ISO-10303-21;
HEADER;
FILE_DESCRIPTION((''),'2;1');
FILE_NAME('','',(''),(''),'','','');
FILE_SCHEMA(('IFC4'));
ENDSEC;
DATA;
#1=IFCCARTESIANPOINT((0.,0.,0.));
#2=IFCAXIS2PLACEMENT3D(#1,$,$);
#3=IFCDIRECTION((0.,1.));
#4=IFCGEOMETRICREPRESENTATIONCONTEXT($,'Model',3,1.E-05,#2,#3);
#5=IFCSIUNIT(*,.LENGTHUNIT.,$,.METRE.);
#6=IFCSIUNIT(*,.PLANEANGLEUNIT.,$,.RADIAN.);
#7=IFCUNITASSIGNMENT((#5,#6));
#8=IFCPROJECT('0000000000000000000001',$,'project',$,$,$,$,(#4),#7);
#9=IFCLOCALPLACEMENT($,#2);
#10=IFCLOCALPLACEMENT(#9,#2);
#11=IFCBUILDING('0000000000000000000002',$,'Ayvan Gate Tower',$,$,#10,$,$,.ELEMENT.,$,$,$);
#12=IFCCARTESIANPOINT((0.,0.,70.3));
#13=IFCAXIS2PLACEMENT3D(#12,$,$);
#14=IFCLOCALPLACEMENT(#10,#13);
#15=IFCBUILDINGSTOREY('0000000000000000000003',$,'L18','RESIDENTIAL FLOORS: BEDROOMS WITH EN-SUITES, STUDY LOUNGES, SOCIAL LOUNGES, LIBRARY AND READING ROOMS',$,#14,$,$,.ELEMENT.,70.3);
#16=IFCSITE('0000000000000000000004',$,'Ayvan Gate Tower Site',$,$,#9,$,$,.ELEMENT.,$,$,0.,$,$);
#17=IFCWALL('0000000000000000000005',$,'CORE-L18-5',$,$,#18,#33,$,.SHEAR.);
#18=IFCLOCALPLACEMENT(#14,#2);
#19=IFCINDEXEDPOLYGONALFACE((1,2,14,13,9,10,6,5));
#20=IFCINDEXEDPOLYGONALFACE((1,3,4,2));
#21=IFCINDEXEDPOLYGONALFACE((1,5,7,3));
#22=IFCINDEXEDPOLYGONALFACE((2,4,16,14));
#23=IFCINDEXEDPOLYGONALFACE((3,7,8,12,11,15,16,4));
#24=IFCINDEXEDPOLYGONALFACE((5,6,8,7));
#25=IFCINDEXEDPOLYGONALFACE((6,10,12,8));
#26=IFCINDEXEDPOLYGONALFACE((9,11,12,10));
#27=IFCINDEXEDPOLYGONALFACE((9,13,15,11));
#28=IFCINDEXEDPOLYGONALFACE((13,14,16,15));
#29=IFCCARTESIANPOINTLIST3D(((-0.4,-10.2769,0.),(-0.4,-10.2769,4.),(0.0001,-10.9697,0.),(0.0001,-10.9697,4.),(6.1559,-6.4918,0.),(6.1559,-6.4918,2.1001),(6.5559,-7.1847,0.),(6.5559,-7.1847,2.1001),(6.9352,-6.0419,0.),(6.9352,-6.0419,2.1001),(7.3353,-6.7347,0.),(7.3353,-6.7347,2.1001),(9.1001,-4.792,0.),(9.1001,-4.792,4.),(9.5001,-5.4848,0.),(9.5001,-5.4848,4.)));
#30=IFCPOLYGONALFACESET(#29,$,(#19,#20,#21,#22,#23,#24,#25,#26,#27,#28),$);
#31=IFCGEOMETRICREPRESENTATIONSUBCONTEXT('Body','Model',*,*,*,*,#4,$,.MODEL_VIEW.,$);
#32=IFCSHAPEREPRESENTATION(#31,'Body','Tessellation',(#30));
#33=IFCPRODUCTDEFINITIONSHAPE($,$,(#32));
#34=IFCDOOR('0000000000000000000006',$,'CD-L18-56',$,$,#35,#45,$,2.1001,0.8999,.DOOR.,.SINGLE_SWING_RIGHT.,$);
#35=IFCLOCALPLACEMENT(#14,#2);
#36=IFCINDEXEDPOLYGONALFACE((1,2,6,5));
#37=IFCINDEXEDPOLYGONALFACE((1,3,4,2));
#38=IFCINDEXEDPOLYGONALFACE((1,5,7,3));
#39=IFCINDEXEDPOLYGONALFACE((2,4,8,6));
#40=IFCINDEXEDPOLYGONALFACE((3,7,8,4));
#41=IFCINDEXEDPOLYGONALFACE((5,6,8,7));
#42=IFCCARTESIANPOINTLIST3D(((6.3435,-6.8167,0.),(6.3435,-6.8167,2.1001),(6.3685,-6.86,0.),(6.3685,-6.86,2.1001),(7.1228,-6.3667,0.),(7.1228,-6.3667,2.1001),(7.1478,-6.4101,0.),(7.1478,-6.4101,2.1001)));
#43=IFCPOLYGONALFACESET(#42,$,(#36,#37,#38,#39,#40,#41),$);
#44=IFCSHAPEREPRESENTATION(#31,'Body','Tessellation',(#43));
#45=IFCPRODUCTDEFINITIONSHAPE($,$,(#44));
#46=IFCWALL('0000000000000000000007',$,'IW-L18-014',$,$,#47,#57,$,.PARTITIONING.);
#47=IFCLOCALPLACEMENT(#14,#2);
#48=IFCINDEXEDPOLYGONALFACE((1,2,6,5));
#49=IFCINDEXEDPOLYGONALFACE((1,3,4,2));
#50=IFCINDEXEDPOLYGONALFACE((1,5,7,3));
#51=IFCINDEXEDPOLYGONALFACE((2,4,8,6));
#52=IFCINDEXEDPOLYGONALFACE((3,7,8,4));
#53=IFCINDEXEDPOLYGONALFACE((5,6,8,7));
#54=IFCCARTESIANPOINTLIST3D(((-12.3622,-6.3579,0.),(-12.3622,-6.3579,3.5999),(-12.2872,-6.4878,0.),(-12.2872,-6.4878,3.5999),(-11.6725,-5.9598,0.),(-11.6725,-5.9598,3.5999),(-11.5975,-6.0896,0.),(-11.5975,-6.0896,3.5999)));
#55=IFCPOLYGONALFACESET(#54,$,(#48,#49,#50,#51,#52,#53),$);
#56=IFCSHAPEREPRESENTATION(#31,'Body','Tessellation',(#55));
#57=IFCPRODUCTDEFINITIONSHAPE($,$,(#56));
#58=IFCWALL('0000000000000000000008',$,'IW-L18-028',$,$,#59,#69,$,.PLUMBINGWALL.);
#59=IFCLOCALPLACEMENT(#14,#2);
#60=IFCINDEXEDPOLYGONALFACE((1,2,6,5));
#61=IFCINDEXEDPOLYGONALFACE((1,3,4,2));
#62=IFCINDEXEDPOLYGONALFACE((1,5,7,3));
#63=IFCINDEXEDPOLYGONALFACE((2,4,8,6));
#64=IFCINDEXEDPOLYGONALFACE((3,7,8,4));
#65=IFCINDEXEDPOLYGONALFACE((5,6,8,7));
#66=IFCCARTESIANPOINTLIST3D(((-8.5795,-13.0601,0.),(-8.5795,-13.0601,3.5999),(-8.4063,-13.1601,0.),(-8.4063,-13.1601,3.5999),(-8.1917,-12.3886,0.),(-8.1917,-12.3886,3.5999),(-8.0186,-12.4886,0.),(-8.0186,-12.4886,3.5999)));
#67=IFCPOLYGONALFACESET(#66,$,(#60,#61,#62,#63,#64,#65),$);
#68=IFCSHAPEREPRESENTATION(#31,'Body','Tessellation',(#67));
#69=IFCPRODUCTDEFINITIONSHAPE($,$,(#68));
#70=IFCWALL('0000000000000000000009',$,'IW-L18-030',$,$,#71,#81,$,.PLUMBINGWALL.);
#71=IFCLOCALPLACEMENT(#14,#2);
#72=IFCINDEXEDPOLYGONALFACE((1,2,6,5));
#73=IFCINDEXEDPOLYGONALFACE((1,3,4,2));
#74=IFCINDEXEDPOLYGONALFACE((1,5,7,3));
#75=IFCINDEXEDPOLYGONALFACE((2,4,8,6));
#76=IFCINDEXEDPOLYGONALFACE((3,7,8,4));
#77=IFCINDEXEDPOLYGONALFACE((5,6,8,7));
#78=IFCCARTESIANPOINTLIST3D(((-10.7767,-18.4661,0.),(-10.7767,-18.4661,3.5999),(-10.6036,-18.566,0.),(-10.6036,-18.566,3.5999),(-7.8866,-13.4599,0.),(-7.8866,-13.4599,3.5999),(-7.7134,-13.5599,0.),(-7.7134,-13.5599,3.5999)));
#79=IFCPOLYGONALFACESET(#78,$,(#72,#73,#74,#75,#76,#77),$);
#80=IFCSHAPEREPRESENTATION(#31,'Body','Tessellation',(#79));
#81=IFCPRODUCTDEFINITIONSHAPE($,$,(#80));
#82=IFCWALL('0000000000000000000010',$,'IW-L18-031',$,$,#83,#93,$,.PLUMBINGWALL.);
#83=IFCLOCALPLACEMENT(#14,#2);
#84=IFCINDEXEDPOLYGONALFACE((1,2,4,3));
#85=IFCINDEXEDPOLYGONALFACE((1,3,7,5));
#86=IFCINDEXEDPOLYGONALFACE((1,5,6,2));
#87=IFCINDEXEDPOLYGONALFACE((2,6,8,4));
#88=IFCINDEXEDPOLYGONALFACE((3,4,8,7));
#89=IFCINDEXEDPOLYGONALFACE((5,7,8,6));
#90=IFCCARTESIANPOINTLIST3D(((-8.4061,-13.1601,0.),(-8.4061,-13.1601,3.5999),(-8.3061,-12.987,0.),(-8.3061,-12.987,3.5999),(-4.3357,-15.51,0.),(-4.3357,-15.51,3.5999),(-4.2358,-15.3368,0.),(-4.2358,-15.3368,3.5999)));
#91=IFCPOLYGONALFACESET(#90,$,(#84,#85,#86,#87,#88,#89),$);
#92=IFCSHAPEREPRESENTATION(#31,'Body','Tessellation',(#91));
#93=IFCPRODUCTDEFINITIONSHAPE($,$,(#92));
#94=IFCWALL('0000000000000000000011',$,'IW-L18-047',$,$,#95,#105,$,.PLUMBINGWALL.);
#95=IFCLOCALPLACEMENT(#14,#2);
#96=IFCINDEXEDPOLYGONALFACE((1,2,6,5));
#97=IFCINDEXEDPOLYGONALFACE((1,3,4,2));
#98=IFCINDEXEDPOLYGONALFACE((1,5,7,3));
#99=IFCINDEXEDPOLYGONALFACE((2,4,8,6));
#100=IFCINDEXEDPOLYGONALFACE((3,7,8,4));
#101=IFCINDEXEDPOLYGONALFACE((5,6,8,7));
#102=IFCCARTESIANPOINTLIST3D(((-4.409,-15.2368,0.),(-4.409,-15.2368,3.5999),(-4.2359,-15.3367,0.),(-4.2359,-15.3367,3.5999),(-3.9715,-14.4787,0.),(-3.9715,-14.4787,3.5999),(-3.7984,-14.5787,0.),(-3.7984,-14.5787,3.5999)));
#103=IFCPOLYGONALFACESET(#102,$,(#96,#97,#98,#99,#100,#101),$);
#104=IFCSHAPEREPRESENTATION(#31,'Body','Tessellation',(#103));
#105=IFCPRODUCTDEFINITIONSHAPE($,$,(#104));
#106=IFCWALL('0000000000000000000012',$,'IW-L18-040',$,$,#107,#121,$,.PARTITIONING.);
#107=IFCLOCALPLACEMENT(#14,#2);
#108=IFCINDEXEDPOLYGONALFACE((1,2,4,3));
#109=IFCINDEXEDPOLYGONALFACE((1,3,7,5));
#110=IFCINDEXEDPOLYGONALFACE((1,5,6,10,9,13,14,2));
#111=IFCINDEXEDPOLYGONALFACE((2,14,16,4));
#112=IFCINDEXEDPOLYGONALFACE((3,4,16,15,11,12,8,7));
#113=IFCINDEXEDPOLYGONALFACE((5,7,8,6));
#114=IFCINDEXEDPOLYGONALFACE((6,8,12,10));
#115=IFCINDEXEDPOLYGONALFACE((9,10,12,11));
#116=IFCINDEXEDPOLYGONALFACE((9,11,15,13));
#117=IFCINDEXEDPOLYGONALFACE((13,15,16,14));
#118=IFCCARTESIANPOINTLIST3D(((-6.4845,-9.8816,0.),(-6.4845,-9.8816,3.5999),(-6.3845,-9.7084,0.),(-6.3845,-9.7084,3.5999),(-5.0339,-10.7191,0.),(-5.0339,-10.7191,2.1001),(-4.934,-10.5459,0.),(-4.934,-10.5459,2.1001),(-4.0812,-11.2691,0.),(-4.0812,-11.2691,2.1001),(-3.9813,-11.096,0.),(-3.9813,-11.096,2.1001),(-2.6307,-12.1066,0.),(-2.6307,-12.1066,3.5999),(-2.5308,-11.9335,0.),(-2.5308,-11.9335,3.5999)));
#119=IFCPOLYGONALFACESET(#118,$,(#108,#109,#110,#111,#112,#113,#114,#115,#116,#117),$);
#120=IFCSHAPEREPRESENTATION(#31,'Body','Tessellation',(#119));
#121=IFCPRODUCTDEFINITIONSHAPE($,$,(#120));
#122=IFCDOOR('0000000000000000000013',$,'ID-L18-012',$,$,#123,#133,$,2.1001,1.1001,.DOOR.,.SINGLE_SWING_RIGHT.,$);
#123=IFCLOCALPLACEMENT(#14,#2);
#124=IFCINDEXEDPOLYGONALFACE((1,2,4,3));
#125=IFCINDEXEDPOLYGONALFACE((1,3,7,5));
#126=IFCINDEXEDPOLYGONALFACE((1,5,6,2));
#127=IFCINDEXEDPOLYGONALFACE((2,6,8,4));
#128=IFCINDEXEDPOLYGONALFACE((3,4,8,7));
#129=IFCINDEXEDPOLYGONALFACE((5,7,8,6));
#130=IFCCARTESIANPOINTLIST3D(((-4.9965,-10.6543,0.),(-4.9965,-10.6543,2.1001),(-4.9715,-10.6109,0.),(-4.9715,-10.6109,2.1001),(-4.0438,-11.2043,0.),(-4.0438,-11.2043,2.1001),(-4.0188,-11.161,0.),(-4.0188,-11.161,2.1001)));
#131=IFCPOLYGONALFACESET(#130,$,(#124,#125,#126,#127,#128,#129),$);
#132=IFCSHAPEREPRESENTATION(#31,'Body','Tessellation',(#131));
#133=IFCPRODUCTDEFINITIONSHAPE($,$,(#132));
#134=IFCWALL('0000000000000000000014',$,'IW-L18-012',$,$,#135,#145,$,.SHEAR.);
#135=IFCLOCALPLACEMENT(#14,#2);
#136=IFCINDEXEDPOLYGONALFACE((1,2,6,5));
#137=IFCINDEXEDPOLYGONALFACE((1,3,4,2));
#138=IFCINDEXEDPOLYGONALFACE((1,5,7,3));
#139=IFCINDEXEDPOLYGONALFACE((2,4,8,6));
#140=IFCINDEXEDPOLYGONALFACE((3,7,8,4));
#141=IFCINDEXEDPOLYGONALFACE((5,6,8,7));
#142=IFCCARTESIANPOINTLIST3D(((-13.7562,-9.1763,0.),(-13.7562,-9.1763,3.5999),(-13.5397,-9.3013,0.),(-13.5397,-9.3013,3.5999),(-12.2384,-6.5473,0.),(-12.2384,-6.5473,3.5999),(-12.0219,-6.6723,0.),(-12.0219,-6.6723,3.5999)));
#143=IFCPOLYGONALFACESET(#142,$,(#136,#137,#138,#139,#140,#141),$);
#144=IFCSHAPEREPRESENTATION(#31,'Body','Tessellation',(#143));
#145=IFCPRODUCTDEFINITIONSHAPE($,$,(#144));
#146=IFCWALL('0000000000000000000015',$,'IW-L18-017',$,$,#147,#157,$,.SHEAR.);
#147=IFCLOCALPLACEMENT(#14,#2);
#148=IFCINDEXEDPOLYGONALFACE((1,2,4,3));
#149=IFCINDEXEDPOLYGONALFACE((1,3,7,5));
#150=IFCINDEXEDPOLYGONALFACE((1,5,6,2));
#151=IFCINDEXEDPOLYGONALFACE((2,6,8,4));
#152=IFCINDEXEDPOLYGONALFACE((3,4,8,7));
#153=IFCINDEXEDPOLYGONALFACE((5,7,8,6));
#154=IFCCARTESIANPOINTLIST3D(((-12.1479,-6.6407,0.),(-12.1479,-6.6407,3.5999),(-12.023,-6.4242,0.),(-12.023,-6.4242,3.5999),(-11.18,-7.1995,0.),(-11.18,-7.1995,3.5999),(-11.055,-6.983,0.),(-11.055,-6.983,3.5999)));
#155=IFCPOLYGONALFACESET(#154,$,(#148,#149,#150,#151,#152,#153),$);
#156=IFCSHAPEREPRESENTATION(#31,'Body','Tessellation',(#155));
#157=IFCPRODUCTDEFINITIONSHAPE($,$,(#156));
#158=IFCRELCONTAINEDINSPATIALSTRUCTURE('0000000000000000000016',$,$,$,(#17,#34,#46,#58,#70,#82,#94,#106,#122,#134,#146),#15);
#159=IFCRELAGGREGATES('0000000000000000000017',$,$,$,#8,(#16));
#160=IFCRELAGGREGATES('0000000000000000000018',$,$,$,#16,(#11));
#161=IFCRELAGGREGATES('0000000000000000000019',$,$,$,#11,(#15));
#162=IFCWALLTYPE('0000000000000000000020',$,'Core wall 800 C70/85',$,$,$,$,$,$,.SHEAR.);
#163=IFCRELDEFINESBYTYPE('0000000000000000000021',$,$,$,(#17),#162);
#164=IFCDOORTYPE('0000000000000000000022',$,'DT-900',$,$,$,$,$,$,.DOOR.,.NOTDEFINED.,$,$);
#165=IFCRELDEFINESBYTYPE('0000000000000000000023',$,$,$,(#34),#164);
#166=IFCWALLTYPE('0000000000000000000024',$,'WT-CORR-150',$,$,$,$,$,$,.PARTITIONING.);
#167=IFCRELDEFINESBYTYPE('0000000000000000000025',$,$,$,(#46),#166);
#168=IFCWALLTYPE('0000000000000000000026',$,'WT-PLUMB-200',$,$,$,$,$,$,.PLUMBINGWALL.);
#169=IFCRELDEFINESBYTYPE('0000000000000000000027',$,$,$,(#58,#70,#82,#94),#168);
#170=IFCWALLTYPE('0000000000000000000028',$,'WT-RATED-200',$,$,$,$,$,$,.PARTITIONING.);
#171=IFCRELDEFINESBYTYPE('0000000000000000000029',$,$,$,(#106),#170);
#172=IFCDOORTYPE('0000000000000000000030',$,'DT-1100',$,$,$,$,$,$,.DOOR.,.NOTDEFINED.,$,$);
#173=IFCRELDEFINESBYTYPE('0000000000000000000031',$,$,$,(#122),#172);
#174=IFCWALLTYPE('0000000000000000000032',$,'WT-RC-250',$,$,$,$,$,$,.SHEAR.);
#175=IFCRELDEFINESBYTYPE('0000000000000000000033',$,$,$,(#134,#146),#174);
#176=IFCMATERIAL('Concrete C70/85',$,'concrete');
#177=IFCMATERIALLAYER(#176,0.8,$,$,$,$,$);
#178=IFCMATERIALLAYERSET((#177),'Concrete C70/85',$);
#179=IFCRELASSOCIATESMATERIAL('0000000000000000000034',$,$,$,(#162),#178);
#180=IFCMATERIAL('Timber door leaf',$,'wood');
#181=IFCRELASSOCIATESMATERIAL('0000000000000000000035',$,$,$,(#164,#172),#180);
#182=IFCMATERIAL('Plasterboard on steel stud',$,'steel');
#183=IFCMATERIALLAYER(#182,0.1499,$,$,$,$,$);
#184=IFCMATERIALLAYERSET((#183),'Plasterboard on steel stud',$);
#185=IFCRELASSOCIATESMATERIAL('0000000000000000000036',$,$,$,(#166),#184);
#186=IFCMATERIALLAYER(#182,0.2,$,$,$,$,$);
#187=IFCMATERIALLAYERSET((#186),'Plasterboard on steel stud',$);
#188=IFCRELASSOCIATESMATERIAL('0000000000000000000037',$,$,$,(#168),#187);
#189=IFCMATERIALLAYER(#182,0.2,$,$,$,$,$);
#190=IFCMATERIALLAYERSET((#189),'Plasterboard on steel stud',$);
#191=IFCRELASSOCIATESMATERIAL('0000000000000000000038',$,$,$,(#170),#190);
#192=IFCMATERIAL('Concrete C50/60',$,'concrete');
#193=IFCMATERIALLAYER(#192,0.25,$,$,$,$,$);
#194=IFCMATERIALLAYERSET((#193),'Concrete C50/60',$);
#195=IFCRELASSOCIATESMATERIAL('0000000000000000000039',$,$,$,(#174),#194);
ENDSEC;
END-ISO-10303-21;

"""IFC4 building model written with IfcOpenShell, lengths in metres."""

from ifc_helpers import new_model, si_unit, direction, frame, frame_2d, origin, place, context, subcontext, project, spatial, rectangle, extrude, material, layer, layer_set, type_object, element, fill, save


model = new_model("IFC4")

# Units and contexts
model_context = context("Model", 3, precision=1e-05, world=origin(), true_north=direction((0.0, 1.0)))
body_context = subcontext(model_context, "Body", "Model", "MODEL_VIEW")
ifc_project = project(units=[si_unit("LENGTHUNIT", "METRE"), si_unit("PLANEANGLEUNIT", "RADIAN")], contexts=[model_context])

# Site, building, storey
site_placement = place(None, origin())
site = spatial("IfcSite", under=ifc_project, at=site_placement, Name="Ayvan Gate Tower Site", CompositionType="ELEMENT", RefElevation=0.0)
building_placement = place(site_placement, origin())
building = spatial("IfcBuilding", under=site, at=building_placement, Name="Ayvan Gate Tower", CompositionType="ELEMENT")
storey_placement = place(building_placement, frame((0.0, 0.0, 70.3)))
storey = spatial("IfcBuildingStorey", under=building, at=storey_placement, Name="L18", Description="RESIDENTIAL FLOORS: BEDROOMS WITH EN-SUITES, STUDY LOUNGES, SOCIAL LOUNGES, LIBRARY AND READING ROOMS", CompositionType="ELEMENT", Elevation=70.3)

# Wall, opening, door
ifc_material_1 = material(Name="Concrete C70/85", Category="concrete")
ifc_layer_1 = layer(ifc_material_1, 0.8)
ifc_layer_set_1 = layer_set([ifc_layer_1], Name="Concrete C70/85")
wall_type_1 = type_object("IfcWallType", Name="Core wall 800 C70/85", PredefinedType="SHEAR", material=ifc_layer_set_1)
wall_1_placement = place(storey_placement, frame((-0.2, -10.6233, 0.0), z_axis=(0.0, 0.0, 1.0), x_axis=(0.866024, 0.500002, 0.0)))
wall_1 = element("IfcWall", 1, at=wall_1_placement, inside=storey, type_object=wall_type_1, Name="CORE-L18-5", PredefinedType="SHEAR", context=body_context, shape_type="SweptSolid", body=[
    extrude(rectangle(XDim=10.9697, YDim=0.8, at=frame_2d((5.4849, 0.0))), origin(), (0.0, 0.0, 1.0), 4.0),
])
opening_1_placement = place(wall_1_placement, frame((7.5701, 0.0, 0.0)))
opening_1 = element("IfcOpeningElement", 2, at=opening_1_placement, cuts=wall_1, PredefinedType="OPENING", context=body_context, shape_type="SweptSolid", body=[
    extrude(rectangle(XDim=0.8999, YDim=2.1001, at=frame_2d((0.45, 1.05))), frame((0.0, 0.4099, 0.0), z_axis=(0.0, -1.0, 0.0), x_axis=(1.0, 0.0, 0.0)), (0.0, 0.0, 1.0), 0.8201),
])
ifc_material_2 = material(Name="Timber door leaf", Category="wood")
door_type_1 = type_object("IfcDoorType", Name="DT-900", OperationType="NOTDEFINED", PredefinedType="DOOR", material=ifc_material_2)
door_1_placement = place(opening_1_placement, origin())
door_1 = element("IfcDoor", 3, at=door_1_placement, inside=storey, type_object=door_type_1, Name="CD-L18-56", OperationType="SINGLE_SWING_RIGHT", OverallHeight=2.1001, OverallWidth=0.8999, PredefinedType="DOOR", context=body_context, shape_type="SweptSolid", body=[
    extrude(rectangle(XDim=0.8999, YDim=2.1001, at=frame_2d((0.45, 1.05))), frame((0.0, 0.0249, 0.0), z_axis=(0.0, -1.0, 0.0), x_axis=(1.0, 0.0, 0.0)), (0.0, 0.0, 1.0), 0.05),
])
fill(opening_1, door_1)

# Walls
ifc_material_3 = material(Name="Plasterboard on steel stud", Category="steel")
ifc_layer_2 = layer(ifc_material_3, 0.1499)
ifc_layer_set_2 = layer_set([ifc_layer_2], Name="Plasterboard on steel stud")
wall_type_2 = type_object("IfcWallType", Name="WT-CORR-150", PredefinedType="PARTITIONING", material=ifc_layer_set_2)
wall_2_placement = place(storey_placement, frame((-12.3247, -6.4229, 0.0), z_axis=(0.0, 0.0, 1.0), x_axis=(0.866027, 0.499997, 0.0)))
element("IfcWall", 4, at=wall_2_placement, inside=storey, type_object=wall_type_2, Name="IW-L18-014", PredefinedType="PARTITIONING", context=body_context, shape_type="SweptSolid", body=[
    extrude(rectangle(XDim=0.7964, YDim=0.1499, at=frame_2d((0.3982, 0.0))), origin(), (0.0, 0.0, 1.0), 3.5999),
])
ifc_layer_3 = layer(ifc_material_3, 0.2)
ifc_layer_set_3 = layer_set([ifc_layer_3], Name="Plasterboard on steel stud")
wall_type_3 = type_object("IfcWallType", Name="WT-PLUMB-200", PredefinedType="PLUMBINGWALL", material=ifc_layer_set_3)
wall_3_placement = place(storey_placement, frame((-8.4929, -13.1101, 0.0), z_axis=(0.0, 0.0, 1.0), x_axis=(0.500068, 0.865986, 0.0)))
element("IfcWall", 5, at=wall_3_placement, inside=storey, type_object=wall_type_3, Name="IW-L18-028", PredefinedType="PLUMBINGWALL", context=body_context, shape_type="SweptSolid", body=[
    extrude(rectangle(XDim=0.7754, YDim=0.2, at=frame_2d((0.3877, 0.0))), origin(), (0.0, 0.0, 1.0), 3.5999),
])
wall_4_placement = place(storey_placement, frame((-7.8, -13.51, 0.0), z_axis=(0.0, 0.0, 1.0), x_axis=(-0.499982, -0.866036, 0.0)))
element("IfcWall", 6, at=wall_4_placement, inside=storey, type_object=wall_type_3, Name="IW-L18-030", PredefinedType="PLUMBINGWALL", context=body_context, shape_type="SweptSolid", body=[
    extrude(rectangle(XDim=5.7805, YDim=0.2, at=frame_2d((2.8901, 0.0))), origin(), (0.0, 0.0, 1.0), 3.5999),
])
wall_5_placement = place(storey_placement, frame((-8.3562, -13.0735, 0.0), z_axis=(0.0, 0.0, 1.0), x_axis=(0.866039, -0.499977, 0.0)))
element("IfcWall", 7, at=wall_5_placement, inside=storey, type_object=wall_type_3, Name="IW-L18-031", PredefinedType="PLUMBINGWALL", context=body_context, shape_type="SweptSolid", body=[
    extrude(rectangle(XDim=4.7, YDim=0.2, at=frame_2d((2.3501, 0.0))), origin(), (0.0, 0.0, 1.0), 3.5999),
])
wall_6_placement = place(storey_placement, frame((-3.885, -14.5288, 0.0), z_axis=(0.0, 0.0, 1.0), x_axis=(-0.499859, -0.866107, 0.0)))
element("IfcWall", 8, at=wall_6_placement, inside=storey, type_object=wall_type_3, Name="IW-L18-047", PredefinedType="PLUMBINGWALL", context=body_context, shape_type="SweptSolid", body=[
    extrude(rectangle(XDim=0.8752, YDim=0.2, at=frame_2d((0.4375, 0.0))), origin(), (0.0, 0.0, 1.0), 3.5999),
])

# Wall, opening, door
ifc_layer_4 = layer(ifc_material_3, 0.2)
ifc_layer_set_4 = layer_set([ifc_layer_4], Name="Plasterboard on steel stud")
wall_type_4 = type_object("IfcWallType", Name="WT-RATED-200", PredefinedType="PARTITIONING", material=ifc_layer_set_4)
wall_7_placement = place(storey_placement, frame((-6.4346, -9.7949, 0.0), z_axis=(0.0, 0.0, 1.0), x_axis=(0.866013, -0.500022, 0.0)))
wall_7 = element("IfcWall", 9, at=wall_7_placement, inside=storey, type_object=wall_type_4, Name="IW-L18-040", PredefinedType="PARTITIONING", context=body_context, shape_type="SweptSolid", body=[
    extrude(rectangle(XDim=4.45, YDim=0.2, at=frame_2d((2.2251, 0.0))), origin(), (0.0, 0.0, 1.0), 3.5999),
])
opening_2_placement = place(wall_7_placement, frame((1.675, 0.0, 0.0)))
opening_2 = element("IfcOpeningElement", 10, at=opening_2_placement, cuts=wall_7, PredefinedType="OPENING", context=body_context, shape_type="SweptSolid", body=[
    extrude(rectangle(XDim=1.1001, YDim=2.1001, at=frame_2d((0.55, 1.05))), frame((0.0, 0.1099, 0.0), z_axis=(0.0, -1.0, 0.0), x_axis=(1.0, 0.0, 0.0)), (0.0, 0.0, 1.0), 0.22),
])
door_type_2 = type_object("IfcDoorType", Name="DT-1100", OperationType="NOTDEFINED", PredefinedType="DOOR", material=ifc_material_2)
door_2_placement = place(opening_2_placement, origin())
door_2 = element("IfcDoor", 11, at=door_2_placement, inside=storey, type_object=door_type_2, Name="ID-L18-012", OperationType="SINGLE_SWING_RIGHT", OverallHeight=2.1001, OverallWidth=1.1001, PredefinedType="DOOR", context=body_context, shape_type="SweptSolid", body=[
    extrude(rectangle(XDim=1.1001, YDim=2.1001, at=frame_2d((0.55, 1.05))), frame((0.0, 0.0249, 0.0), z_axis=(0.0, -1.0, 0.0), x_axis=(1.0, 0.0, 0.0)), (0.0, 0.0, 1.0), 0.05),
])
fill(opening_2, door_2)

# Walls
ifc_material_4 = material(Name="Concrete C50/60", Category="concrete")
ifc_layer_5 = layer(ifc_material_4, 0.25)
ifc_layer_set_5 = layer_set([ifc_layer_5], Name="Concrete C50/60")
wall_type_5 = type_object("IfcWallType", Name="WT-RC-250", PredefinedType="SHEAR", material=ifc_layer_set_5)
wall_8_placement = place(storey_placement, frame((-13.6479, -9.2388, 0.0), z_axis=(0.0, 0.0, 1.0), x_axis=(0.500006, 0.866022, 0.0)))
element("IfcWall", 12, at=wall_8_placement, inside=storey, type_object=wall_type_5, Name="IW-L18-012", PredefinedType="SHEAR", context=body_context, shape_type="SweptSolid", body=[
    extrude(rectangle(XDim=3.0356, YDim=0.25, at=frame_2d((1.5178, 0.0))), origin(), (0.0, 0.0, 1.0), 3.5999),
])
wall_9_placement = place(storey_placement, frame((-12.0854, -6.5325, 0.0), z_axis=(0.0, 0.0, 1.0), x_axis=(0.866044, -0.499968, 0.0)))
element("IfcWall", 13, at=wall_9_placement, inside=storey, type_object=wall_type_5, Name="IW-L18-017", PredefinedType="SHEAR", context=body_context, shape_type="SweptSolid", body=[
    extrude(rectangle(XDim=1.1177, YDim=0.25, at=frame_2d((0.5588, 0.0))), origin(), (0.0, 0.0, 1.0), 3.5999),
])

save(model, "model.ifc")
